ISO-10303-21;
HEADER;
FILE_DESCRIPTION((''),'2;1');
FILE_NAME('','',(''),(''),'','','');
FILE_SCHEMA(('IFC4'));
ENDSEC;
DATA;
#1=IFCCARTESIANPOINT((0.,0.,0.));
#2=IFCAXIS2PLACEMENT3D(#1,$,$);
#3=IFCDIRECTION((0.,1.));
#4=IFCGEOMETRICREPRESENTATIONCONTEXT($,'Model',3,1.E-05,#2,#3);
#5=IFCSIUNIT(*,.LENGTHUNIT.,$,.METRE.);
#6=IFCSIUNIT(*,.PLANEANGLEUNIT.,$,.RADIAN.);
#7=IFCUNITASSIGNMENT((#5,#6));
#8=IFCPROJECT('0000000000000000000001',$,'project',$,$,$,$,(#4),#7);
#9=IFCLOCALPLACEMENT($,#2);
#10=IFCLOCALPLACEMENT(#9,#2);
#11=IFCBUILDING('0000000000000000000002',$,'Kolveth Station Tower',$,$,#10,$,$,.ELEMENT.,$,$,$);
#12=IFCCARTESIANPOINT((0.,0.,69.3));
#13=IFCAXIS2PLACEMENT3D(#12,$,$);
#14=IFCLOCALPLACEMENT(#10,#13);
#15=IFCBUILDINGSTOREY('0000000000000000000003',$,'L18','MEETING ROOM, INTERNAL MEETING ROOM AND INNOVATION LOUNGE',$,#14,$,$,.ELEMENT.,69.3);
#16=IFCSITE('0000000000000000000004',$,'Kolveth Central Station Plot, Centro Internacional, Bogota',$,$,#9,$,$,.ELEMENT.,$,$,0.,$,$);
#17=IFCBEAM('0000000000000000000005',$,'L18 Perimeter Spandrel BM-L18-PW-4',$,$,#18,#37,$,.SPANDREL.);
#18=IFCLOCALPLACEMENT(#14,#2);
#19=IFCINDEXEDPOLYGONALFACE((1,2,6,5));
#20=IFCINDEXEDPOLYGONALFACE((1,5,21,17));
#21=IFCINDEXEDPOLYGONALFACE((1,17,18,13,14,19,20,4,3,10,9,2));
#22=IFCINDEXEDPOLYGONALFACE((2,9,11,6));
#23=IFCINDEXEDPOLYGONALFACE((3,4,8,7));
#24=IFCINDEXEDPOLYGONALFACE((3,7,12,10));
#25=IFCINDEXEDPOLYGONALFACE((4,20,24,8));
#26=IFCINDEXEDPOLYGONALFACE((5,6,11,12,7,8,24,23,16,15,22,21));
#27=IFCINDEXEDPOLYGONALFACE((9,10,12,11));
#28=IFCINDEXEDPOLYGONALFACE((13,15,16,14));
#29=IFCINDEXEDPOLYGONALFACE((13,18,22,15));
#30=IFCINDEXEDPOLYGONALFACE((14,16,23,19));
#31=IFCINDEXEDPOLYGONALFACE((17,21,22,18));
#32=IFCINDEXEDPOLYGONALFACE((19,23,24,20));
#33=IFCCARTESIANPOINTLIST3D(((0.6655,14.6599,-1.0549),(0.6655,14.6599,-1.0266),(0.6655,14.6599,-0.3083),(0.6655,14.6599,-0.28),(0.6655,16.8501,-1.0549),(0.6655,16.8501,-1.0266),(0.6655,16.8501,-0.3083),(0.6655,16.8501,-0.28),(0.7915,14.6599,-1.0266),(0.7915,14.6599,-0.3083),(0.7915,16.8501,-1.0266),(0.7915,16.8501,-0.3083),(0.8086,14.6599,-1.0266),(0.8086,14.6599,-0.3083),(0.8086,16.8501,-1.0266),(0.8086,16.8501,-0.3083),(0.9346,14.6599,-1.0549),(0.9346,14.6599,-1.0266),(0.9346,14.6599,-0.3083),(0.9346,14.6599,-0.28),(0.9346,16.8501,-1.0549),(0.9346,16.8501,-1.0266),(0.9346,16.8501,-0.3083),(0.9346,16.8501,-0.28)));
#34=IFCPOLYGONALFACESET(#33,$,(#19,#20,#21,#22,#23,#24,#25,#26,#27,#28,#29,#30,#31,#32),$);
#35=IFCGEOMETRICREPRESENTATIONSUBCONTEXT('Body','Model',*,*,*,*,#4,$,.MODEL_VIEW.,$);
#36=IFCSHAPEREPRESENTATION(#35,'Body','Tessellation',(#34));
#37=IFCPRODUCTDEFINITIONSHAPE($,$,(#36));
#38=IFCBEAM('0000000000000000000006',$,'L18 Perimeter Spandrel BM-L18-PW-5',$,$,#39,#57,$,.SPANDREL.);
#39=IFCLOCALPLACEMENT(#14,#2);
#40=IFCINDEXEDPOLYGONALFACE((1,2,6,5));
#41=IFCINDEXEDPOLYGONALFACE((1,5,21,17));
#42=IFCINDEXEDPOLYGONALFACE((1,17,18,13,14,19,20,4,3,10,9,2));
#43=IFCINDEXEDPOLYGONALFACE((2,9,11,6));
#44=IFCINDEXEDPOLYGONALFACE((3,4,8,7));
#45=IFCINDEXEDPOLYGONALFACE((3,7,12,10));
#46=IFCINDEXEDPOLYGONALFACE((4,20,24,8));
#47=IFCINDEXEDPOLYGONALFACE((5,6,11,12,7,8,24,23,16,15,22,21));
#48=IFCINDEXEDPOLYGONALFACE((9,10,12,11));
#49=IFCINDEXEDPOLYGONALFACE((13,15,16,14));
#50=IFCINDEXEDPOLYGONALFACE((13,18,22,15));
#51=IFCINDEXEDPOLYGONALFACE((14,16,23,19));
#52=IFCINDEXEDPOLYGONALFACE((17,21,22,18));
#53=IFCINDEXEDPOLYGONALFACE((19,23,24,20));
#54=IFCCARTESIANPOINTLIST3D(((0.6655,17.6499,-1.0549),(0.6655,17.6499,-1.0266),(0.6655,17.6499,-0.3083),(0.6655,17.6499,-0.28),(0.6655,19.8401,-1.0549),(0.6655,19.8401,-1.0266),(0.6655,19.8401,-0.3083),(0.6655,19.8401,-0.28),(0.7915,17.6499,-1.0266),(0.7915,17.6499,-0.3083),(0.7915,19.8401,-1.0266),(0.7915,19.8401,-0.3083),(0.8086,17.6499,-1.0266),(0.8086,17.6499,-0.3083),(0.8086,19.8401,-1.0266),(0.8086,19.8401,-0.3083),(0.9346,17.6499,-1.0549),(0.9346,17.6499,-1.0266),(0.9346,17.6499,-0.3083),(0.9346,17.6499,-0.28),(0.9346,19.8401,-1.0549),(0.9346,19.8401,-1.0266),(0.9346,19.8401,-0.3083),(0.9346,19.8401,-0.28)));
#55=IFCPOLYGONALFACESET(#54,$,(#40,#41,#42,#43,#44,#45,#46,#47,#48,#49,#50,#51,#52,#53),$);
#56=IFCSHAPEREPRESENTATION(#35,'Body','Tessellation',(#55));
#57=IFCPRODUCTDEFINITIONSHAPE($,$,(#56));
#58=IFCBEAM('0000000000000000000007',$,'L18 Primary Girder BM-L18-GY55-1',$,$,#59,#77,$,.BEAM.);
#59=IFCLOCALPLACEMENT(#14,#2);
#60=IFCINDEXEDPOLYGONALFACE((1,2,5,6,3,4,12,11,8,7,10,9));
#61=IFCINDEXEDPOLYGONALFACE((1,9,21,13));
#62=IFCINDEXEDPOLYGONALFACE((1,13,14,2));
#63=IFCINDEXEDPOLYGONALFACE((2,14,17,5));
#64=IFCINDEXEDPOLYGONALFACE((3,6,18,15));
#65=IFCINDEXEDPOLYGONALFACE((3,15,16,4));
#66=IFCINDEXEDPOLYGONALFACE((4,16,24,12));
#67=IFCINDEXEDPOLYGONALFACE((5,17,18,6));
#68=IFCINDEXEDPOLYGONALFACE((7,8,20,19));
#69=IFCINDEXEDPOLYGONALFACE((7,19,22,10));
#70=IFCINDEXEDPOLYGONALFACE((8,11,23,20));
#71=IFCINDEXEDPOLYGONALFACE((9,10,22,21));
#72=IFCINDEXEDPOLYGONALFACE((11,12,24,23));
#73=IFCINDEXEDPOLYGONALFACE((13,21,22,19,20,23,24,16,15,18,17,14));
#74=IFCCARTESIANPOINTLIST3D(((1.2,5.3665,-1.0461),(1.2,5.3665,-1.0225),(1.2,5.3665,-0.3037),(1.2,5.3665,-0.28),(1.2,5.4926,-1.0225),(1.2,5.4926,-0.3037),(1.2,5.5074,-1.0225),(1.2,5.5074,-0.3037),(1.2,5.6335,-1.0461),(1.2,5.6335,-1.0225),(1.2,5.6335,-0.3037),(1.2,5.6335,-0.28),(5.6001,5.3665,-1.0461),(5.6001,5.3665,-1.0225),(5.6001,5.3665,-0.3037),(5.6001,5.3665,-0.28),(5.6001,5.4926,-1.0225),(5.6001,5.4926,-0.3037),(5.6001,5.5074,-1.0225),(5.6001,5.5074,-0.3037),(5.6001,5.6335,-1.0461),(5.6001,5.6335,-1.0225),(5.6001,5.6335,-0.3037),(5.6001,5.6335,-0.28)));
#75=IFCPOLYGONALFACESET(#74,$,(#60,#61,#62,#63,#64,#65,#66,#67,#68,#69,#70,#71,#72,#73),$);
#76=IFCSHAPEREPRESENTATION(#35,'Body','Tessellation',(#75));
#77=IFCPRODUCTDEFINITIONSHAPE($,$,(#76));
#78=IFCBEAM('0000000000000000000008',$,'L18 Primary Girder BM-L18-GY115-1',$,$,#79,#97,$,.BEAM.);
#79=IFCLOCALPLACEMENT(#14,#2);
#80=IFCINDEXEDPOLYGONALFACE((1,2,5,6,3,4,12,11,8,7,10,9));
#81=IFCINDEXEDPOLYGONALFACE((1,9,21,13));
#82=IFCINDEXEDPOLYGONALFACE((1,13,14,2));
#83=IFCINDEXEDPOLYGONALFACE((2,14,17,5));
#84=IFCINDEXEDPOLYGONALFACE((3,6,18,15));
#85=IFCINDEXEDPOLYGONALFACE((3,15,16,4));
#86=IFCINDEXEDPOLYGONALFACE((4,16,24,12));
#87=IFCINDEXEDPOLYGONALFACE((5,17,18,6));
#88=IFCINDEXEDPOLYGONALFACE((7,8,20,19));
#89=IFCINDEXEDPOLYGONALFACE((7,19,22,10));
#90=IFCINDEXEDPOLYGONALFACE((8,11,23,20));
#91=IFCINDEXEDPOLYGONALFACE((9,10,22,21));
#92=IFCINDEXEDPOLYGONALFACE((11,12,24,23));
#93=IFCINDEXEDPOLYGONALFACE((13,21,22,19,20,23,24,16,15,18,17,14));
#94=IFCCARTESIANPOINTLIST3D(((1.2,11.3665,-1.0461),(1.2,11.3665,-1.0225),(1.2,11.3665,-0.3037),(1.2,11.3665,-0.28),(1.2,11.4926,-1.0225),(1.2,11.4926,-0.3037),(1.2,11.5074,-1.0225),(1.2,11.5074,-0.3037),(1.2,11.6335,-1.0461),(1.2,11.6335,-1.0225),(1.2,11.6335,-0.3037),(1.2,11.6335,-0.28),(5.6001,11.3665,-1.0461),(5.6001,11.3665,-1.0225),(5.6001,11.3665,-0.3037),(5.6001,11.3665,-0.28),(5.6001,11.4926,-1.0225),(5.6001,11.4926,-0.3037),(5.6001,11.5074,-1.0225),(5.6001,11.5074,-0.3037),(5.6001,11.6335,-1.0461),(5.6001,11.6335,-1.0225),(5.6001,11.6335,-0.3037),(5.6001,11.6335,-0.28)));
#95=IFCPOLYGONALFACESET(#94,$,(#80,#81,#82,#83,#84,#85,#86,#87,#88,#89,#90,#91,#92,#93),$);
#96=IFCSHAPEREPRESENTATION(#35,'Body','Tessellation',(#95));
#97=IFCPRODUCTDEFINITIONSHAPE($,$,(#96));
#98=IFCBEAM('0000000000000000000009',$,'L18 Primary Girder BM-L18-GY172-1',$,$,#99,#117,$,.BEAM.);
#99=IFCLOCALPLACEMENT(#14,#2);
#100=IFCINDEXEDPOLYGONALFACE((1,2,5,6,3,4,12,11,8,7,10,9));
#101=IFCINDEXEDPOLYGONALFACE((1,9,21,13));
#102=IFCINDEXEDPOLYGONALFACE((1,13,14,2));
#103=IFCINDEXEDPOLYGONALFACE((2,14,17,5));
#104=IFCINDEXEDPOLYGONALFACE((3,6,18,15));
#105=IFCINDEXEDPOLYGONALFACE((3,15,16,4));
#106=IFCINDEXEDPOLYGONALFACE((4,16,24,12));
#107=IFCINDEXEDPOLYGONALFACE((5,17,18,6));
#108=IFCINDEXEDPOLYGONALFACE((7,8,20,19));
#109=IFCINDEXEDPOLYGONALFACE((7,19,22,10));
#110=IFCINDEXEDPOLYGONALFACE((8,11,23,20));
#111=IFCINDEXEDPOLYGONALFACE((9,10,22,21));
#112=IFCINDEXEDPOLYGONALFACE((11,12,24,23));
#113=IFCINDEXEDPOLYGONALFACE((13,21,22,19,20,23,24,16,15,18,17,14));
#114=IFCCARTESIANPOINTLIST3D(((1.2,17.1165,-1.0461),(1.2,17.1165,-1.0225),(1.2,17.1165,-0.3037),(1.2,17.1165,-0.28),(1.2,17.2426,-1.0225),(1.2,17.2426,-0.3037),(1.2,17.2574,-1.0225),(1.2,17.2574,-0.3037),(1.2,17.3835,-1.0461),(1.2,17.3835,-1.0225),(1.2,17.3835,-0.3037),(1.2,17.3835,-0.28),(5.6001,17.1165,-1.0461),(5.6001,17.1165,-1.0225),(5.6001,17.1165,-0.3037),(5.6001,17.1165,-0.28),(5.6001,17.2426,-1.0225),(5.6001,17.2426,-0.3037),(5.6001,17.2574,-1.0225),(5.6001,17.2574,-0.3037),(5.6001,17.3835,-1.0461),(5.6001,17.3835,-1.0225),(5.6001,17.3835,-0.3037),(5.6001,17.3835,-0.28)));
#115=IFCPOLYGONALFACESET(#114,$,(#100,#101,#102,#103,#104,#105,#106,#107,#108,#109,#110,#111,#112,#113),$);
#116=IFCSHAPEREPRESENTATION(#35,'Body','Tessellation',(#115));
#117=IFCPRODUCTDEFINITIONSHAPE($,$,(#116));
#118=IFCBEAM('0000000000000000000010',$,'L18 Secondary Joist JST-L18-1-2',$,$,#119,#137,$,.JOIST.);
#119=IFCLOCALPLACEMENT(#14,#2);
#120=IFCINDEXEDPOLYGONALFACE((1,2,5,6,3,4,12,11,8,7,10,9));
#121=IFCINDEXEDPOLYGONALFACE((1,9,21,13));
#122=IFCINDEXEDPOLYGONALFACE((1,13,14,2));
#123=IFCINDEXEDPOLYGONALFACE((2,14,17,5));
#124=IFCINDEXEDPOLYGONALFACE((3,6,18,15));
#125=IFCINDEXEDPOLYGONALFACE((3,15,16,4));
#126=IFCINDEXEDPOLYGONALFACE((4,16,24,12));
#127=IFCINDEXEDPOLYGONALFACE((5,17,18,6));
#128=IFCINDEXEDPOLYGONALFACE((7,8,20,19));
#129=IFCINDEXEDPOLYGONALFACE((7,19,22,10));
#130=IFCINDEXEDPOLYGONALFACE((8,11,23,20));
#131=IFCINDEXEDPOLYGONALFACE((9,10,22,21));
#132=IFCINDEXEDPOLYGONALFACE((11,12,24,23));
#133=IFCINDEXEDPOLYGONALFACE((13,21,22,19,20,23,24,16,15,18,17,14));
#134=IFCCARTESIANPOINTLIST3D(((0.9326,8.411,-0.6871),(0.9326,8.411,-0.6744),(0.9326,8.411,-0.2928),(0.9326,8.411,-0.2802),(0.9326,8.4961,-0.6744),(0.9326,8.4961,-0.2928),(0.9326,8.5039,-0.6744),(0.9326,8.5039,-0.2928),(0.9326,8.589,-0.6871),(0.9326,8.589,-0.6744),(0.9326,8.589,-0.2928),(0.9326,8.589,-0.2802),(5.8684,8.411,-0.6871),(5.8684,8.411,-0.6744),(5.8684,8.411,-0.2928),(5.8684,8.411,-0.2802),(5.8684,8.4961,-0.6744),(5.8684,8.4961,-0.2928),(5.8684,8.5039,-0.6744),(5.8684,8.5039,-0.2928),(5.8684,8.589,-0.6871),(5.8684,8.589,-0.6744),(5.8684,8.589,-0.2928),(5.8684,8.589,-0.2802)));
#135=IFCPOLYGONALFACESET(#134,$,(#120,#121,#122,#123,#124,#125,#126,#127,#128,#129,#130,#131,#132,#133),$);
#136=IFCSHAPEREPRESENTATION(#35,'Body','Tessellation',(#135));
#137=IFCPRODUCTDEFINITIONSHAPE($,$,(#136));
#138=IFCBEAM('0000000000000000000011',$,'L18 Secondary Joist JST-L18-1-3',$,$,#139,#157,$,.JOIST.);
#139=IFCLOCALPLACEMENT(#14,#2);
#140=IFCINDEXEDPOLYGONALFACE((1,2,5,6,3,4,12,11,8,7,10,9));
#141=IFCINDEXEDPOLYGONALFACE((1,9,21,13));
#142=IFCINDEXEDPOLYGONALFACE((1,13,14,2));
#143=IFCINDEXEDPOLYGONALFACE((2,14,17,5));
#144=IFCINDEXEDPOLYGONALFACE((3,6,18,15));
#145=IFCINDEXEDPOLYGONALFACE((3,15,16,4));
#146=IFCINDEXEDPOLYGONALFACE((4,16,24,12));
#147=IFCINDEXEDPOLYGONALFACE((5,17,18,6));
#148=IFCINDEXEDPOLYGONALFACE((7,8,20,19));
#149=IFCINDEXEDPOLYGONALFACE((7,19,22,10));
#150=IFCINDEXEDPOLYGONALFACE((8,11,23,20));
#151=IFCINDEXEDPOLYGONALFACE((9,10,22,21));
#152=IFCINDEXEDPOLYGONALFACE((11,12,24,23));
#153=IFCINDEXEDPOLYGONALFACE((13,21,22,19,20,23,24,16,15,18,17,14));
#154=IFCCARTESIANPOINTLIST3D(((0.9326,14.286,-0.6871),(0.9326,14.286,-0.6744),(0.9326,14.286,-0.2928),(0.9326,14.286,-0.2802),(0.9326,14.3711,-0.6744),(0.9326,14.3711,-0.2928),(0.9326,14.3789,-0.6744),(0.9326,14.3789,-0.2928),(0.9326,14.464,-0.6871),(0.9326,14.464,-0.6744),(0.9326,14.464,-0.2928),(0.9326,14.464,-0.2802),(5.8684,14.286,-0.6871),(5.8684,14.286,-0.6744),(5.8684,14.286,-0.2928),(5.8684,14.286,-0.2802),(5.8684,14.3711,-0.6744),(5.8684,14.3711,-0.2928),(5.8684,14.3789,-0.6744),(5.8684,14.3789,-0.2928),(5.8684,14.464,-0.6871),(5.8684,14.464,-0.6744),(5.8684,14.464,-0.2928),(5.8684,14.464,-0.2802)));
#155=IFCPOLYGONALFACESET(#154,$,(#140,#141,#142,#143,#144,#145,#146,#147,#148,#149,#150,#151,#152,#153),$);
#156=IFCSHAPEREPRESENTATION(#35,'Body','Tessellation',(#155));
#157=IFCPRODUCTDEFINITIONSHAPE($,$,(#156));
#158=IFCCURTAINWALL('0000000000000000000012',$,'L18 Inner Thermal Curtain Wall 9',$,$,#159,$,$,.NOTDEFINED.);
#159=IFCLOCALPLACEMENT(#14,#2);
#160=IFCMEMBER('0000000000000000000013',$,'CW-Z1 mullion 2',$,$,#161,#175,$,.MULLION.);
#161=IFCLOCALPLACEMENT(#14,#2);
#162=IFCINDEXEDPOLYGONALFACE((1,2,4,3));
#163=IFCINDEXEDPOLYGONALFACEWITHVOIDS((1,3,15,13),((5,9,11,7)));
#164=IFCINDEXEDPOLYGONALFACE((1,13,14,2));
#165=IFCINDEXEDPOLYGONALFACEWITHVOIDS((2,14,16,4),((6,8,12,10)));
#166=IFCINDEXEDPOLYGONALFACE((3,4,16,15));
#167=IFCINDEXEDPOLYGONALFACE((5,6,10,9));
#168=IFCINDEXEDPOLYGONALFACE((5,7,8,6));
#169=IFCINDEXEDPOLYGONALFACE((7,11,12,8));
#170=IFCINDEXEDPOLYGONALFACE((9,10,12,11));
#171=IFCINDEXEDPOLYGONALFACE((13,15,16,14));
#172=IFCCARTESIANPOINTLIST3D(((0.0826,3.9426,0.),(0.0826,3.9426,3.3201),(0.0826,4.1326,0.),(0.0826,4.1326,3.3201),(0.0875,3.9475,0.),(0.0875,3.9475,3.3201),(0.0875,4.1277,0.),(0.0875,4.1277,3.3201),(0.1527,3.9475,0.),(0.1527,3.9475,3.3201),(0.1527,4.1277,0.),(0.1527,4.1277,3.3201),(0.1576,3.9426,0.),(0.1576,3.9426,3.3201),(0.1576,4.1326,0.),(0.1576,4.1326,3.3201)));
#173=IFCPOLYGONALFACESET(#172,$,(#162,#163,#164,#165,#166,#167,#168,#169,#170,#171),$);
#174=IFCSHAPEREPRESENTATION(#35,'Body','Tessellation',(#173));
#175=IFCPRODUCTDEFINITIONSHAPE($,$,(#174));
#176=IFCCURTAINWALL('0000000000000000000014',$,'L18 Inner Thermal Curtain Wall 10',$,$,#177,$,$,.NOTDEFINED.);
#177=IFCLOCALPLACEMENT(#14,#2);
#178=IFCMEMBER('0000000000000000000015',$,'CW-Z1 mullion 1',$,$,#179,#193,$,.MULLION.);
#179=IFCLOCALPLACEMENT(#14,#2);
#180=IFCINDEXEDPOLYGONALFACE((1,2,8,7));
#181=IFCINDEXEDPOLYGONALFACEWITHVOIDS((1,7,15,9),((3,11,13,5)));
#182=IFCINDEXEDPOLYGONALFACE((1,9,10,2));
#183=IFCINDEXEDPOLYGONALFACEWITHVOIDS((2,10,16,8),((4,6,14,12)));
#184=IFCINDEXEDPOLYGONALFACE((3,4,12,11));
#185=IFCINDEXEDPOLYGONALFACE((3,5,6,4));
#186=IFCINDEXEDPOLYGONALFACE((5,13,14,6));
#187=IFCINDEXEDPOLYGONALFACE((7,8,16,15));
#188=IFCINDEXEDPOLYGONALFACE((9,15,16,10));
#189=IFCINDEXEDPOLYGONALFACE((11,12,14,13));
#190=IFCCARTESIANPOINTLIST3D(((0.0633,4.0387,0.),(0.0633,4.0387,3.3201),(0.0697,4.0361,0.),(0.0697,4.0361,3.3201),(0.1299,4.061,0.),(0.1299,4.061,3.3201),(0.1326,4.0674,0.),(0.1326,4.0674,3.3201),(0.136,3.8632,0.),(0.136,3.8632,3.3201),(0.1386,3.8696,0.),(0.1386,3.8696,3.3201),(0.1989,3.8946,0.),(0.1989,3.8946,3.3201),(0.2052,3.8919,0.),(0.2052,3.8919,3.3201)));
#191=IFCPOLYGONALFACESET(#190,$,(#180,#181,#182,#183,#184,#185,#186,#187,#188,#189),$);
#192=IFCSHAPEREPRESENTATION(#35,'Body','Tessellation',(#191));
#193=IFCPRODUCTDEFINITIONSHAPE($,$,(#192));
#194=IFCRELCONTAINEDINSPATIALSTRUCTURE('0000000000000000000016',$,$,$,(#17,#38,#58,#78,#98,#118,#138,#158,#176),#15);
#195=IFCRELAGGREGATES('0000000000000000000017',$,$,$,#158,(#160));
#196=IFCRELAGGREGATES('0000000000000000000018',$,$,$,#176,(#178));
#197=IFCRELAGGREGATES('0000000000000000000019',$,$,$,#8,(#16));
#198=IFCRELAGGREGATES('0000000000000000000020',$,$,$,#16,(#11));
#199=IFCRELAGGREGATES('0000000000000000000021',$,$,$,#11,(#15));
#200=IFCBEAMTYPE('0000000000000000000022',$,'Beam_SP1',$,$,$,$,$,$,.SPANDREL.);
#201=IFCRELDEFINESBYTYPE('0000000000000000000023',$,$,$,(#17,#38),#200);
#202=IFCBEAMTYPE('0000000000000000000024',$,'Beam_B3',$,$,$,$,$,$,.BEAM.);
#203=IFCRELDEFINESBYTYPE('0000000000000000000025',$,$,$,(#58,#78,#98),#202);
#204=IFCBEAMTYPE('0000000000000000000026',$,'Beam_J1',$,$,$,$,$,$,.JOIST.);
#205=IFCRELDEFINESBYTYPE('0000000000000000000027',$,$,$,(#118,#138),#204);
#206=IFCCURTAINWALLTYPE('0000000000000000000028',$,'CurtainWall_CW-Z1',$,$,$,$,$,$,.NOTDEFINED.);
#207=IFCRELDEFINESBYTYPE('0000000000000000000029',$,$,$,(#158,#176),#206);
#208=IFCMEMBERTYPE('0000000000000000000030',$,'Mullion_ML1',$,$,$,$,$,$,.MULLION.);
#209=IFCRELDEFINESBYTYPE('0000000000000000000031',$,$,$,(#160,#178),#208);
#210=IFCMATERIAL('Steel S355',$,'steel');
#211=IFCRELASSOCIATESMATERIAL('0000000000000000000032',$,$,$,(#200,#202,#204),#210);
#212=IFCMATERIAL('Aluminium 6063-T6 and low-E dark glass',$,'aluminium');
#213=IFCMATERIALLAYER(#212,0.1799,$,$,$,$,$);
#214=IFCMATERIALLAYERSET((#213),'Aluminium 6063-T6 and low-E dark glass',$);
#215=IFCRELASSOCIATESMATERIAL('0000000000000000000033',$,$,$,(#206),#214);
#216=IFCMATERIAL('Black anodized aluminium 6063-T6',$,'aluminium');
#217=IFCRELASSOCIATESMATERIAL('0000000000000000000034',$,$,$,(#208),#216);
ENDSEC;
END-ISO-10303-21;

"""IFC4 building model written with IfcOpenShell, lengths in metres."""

from ifc_helpers import new_model, si_unit, direction, frame, origin, origin_2d, place, context, subcontext, project, spatial, hollow_rectangle, i_section, extrude, source, transform, mapped, material, layer, layer_set, material_profile, profile_set, type_object, element, aggregate, save


model = new_model("IFC4")

# Units and contexts
model_context = context("Model", 3, precision=1e-05, world=origin(), true_north=direction((0.0, 1.0)))
body_context = subcontext(model_context, "Body", "Model", "MODEL_VIEW")
ifc_project = project(units=[si_unit("LENGTHUNIT", "METRE"), si_unit("PLANEANGLEUNIT", "RADIAN")], contexts=[model_context])

# Site, building, storey
site_placement = place(None, origin())
site = spatial("IfcSite", under=ifc_project, at=site_placement, Name="Kolveth Central Station Plot, Centro Internacional, Bogota", CompositionType="ELEMENT", RefElevation=0.0)
building_placement = place(site_placement, origin())
building = spatial("IfcBuilding", under=site, at=building_placement, Name="Kolveth Station Tower", CompositionType="ELEMENT")
storey_placement = place(building_placement, frame((0.0, 0.0, 69.3)))
storey = spatial("IfcBuildingStorey", under=building, at=storey_placement, Name="L18", Description="MEETING ROOM, INTERNAL MEETING ROOM AND INNOVATION LOUNGE", CompositionType="ELEMENT", Elevation=69.3)

# Shared definitions
ifc_material_1 = material(Name="Steel S355", Category="steel")

# Beams
ifc_material_profile_1 = material_profile(ifc_material_1, i_section(OverallWidth=0.269, OverallDepth=0.7749, WebThickness=0.0171, FlangeThickness=0.0283, at=origin_2d()), Name="W760x220")
ifc_profile_set_1 = profile_set([ifc_material_profile_1], Name="Steel S355")
beam_type_1 = type_object("IfcBeamType", Name="Beam_SP1", PredefinedType="SPANDREL", material=ifc_profile_set_1)
shared_shape_1 = source(origin(), body_context, "Body", "SweptSolid", [
    extrude(i_section(OverallWidth=0.269, OverallDepth=0.7749, WebThickness=0.0171, FlangeThickness=0.0283, at=origin_2d()), origin(), (0.0, 0.0, 1.0), 2.1902),
])
for number, where, z_axis, x_axis, name in (
    (1, (0.8, 14.6599, -0.6675), (0.0, 1.0, 0.0), (-1.0, 0.0, 0.0), "L18 Perimeter Spandrel BM-L18-PW-4"),
    (2, (0.8, 17.6499, -0.6675), (0.0, 1.0, 0.0), (-1.0, 0.0, 0.0), "L18 Perimeter Spandrel BM-L18-PW-5"),
):
    element("IfcBeam", number, at=place(storey_placement, frame(where, z_axis=z_axis, x_axis=x_axis)), inside=storey, type_object=beam_type_1, Name=name, PredefinedType="SPANDREL", context=body_context, shape_type="MappedRepresentation", body=[
        mapped(shared_shape_1, transform((0.0, 0.0, 0.0), x_axis=(1.0, 0.0, 0.0), y_axis=(0.0, 1.0, 0.0), z_axis=(0.0, 0.0, 1.0), scale=1.0)),
    ])
ifc_material_profile_2 = material_profile(ifc_material_1, i_section(OverallWidth=0.2671, OverallDepth=0.7661, WebThickness=0.0149, FlangeThickness=0.0237, at=origin_2d()), Name="W760x185")
ifc_profile_set_2 = profile_set([ifc_material_profile_2], Name="Steel S355")
beam_type_2 = type_object("IfcBeamType", Name="Beam_B3", PredefinedType="BEAM", material=ifc_profile_set_2)
shared_shape_2 = source(origin(), body_context, "Body", "SweptSolid", [
    extrude(i_section(OverallWidth=0.2671, OverallDepth=0.7661, WebThickness=0.0149, FlangeThickness=0.0237, at=origin_2d()), origin(), (0.0, 0.0, 1.0), 4.4001),
])
for number, where, z_axis, x_axis, name in (
    (3, (1.2, 5.5, -0.6631), (1.0, 0.0, 0.0), (0.0, 1.0, 0.0), "L18 Primary Girder BM-L18-GY55-1"),
    (4, (1.2, 11.5, -0.6631), (1.0, 0.0, 0.0), (0.0, 1.0, 0.0), "L18 Primary Girder BM-L18-GY115-1"),
    (5, (1.2, 17.25, -0.6631), (1.0, 0.0, 0.0), (0.0, 1.0, 0.0), "L18 Primary Girder BM-L18-GY172-1"),
):
    element("IfcBeam", number, at=place(storey_placement, frame(where, z_axis=z_axis, x_axis=x_axis)), inside=storey, type_object=beam_type_2, Name=name, PredefinedType="BEAM", context=body_context, shape_type="MappedRepresentation", body=[
        mapped(shared_shape_2, transform((0.0, 0.0, 0.0), x_axis=(1.0, 0.0, 0.0), y_axis=(0.0, 1.0, 0.0), z_axis=(0.0, 0.0, 1.0), scale=1.0)),
    ])
ifc_material_profile_3 = material_profile(ifc_material_1, i_section(OverallWidth=0.178, OverallDepth=0.407, WebThickness=0.0078, FlangeThickness=0.0127, at=origin_2d()), Name="W410x60")
ifc_profile_set_3 = profile_set([ifc_material_profile_3], Name="Steel S355")
beam_type_3 = type_object("IfcBeamType", Name="Beam_J1", PredefinedType="JOIST", material=ifc_profile_set_3)
shared_shape_3 = source(origin(), body_context, "Body", "SweptSolid", [
    extrude(i_section(OverallWidth=0.178, OverallDepth=0.407, WebThickness=0.0078, FlangeThickness=0.0127, at=origin_2d()), origin(), (0.0, 0.0, 1.0), 4.9358),
])
for number, where, z_axis, x_axis, name in (
    (6, (0.9326, 8.5, -0.4836), (1.0, 0.0, 0.0), (0.0, 1.0, 0.0), "L18 Secondary Joist JST-L18-1-2"),
    (7, (0.9326, 14.375, -0.4836), (1.0, 0.0, 0.0), (0.0, 1.0, 0.0), "L18 Secondary Joist JST-L18-1-3"),
):
    element("IfcBeam", number, at=place(storey_placement, frame(where, z_axis=z_axis, x_axis=x_axis)), inside=storey, type_object=beam_type_3, Name=name, PredefinedType="JOIST", context=body_context, shape_type="MappedRepresentation", body=[
        mapped(shared_shape_3, transform((0.0, 0.0, 0.0), x_axis=(1.0, 0.0, 0.0), y_axis=(0.0, 1.0, 0.0), z_axis=(0.0, 0.0, 1.0), scale=1.0)),
    ])

# Curtain wall, member
ifc_material_2 = material(Name="Aluminium 6063-T6 and low-E dark glass", Category="aluminium")
ifc_layer_1 = layer(ifc_material_2, 0.1799)
ifc_layer_set_1 = layer_set([ifc_layer_1], Name="Aluminium 6063-T6 and low-E dark glass")
curtain_wall_type_1 = type_object("IfcCurtainWallType", Name="CurtainWall_CW-Z1", PredefinedType="NOTDEFINED", material=ifc_layer_set_1)
curtain_wall_1_placement = place(storey_placement, origin())
curtain_wall_1 = element("IfcCurtainWall", 8, at=curtain_wall_1_placement, inside=storey, type_object=curtain_wall_type_1, Name="L18 Inner Thermal Curtain Wall 9", PredefinedType="NOTDEFINED")
ifc_material_3 = material(Name="Black anodized aluminium 6063-T6", Category="aluminium")
ifc_material_profile_4 = material_profile(ifc_material_3, hollow_rectangle(XDim=0.075, YDim=0.1899, WallThickness=0.0049, at=origin_2d()), Name="ALU-75x190x5")
ifc_profile_set_4 = profile_set([ifc_material_profile_4], Name="Black anodized aluminium 6063-T6")
member_type_1 = type_object("IfcMemberType", Name="Mullion_ML1", PredefinedType="MULLION", material=ifc_profile_set_4)
shared_shape_4 = source(origin(), body_context, "Body", "SweptSolid", [
    extrude(hollow_rectangle(XDim=0.075, YDim=0.1899, WallThickness=0.0049, at=origin_2d()), origin(), (0.0, 0.0, 1.0), 3.3201),
])
member_1_placement = place(storey_placement, frame((0.1201, 4.0376, 0.0), z_axis=(0.0, 0.0, 1.0), x_axis=(1.0, 0.0, 0.0)))
member_1 = element("IfcMember", 9, at=member_1_placement, type_object=member_type_1, Name="CW-Z1 mullion 2", PredefinedType="MULLION", context=body_context, shape_type="MappedRepresentation", body=[
    mapped(shared_shape_4, transform((0.0, 0.0, 0.0), x_axis=(1.0, 0.0, 0.0), y_axis=(0.0, 1.0, 0.0), z_axis=(0.0, 0.0, 1.0), scale=1.0)),
])
aggregate(curtain_wall_1, [member_1])

# Curtain wall, member
curtain_wall_2_placement = place(storey_placement, origin())
curtain_wall_2 = element("IfcCurtainWall", 10, at=curtain_wall_2_placement, inside=storey, type_object=curtain_wall_type_1, Name="L18 Inner Thermal Curtain Wall 10", PredefinedType="NOTDEFINED")
member_2_placement = place(storey_placement, frame((0.1343, 3.9653, 0.0), z_axis=(0.0, 0.0, 1.0), x_axis=(0.923884, 0.382673, 0.0)))
member_2 = element("IfcMember", 11, at=member_2_placement, type_object=member_type_1, Name="CW-Z1 mullion 1", PredefinedType="MULLION", context=body_context, shape_type="MappedRepresentation", body=[
    mapped(shared_shape_4, transform((0.0, 0.0, 0.0), x_axis=(1.0, 0.0, 0.0), y_axis=(0.0, 1.0, 0.0), z_axis=(0.0, 0.0, 1.0), scale=1.0)),
])
aggregate(curtain_wall_2, [member_2])

save(model, "model.ifc")
